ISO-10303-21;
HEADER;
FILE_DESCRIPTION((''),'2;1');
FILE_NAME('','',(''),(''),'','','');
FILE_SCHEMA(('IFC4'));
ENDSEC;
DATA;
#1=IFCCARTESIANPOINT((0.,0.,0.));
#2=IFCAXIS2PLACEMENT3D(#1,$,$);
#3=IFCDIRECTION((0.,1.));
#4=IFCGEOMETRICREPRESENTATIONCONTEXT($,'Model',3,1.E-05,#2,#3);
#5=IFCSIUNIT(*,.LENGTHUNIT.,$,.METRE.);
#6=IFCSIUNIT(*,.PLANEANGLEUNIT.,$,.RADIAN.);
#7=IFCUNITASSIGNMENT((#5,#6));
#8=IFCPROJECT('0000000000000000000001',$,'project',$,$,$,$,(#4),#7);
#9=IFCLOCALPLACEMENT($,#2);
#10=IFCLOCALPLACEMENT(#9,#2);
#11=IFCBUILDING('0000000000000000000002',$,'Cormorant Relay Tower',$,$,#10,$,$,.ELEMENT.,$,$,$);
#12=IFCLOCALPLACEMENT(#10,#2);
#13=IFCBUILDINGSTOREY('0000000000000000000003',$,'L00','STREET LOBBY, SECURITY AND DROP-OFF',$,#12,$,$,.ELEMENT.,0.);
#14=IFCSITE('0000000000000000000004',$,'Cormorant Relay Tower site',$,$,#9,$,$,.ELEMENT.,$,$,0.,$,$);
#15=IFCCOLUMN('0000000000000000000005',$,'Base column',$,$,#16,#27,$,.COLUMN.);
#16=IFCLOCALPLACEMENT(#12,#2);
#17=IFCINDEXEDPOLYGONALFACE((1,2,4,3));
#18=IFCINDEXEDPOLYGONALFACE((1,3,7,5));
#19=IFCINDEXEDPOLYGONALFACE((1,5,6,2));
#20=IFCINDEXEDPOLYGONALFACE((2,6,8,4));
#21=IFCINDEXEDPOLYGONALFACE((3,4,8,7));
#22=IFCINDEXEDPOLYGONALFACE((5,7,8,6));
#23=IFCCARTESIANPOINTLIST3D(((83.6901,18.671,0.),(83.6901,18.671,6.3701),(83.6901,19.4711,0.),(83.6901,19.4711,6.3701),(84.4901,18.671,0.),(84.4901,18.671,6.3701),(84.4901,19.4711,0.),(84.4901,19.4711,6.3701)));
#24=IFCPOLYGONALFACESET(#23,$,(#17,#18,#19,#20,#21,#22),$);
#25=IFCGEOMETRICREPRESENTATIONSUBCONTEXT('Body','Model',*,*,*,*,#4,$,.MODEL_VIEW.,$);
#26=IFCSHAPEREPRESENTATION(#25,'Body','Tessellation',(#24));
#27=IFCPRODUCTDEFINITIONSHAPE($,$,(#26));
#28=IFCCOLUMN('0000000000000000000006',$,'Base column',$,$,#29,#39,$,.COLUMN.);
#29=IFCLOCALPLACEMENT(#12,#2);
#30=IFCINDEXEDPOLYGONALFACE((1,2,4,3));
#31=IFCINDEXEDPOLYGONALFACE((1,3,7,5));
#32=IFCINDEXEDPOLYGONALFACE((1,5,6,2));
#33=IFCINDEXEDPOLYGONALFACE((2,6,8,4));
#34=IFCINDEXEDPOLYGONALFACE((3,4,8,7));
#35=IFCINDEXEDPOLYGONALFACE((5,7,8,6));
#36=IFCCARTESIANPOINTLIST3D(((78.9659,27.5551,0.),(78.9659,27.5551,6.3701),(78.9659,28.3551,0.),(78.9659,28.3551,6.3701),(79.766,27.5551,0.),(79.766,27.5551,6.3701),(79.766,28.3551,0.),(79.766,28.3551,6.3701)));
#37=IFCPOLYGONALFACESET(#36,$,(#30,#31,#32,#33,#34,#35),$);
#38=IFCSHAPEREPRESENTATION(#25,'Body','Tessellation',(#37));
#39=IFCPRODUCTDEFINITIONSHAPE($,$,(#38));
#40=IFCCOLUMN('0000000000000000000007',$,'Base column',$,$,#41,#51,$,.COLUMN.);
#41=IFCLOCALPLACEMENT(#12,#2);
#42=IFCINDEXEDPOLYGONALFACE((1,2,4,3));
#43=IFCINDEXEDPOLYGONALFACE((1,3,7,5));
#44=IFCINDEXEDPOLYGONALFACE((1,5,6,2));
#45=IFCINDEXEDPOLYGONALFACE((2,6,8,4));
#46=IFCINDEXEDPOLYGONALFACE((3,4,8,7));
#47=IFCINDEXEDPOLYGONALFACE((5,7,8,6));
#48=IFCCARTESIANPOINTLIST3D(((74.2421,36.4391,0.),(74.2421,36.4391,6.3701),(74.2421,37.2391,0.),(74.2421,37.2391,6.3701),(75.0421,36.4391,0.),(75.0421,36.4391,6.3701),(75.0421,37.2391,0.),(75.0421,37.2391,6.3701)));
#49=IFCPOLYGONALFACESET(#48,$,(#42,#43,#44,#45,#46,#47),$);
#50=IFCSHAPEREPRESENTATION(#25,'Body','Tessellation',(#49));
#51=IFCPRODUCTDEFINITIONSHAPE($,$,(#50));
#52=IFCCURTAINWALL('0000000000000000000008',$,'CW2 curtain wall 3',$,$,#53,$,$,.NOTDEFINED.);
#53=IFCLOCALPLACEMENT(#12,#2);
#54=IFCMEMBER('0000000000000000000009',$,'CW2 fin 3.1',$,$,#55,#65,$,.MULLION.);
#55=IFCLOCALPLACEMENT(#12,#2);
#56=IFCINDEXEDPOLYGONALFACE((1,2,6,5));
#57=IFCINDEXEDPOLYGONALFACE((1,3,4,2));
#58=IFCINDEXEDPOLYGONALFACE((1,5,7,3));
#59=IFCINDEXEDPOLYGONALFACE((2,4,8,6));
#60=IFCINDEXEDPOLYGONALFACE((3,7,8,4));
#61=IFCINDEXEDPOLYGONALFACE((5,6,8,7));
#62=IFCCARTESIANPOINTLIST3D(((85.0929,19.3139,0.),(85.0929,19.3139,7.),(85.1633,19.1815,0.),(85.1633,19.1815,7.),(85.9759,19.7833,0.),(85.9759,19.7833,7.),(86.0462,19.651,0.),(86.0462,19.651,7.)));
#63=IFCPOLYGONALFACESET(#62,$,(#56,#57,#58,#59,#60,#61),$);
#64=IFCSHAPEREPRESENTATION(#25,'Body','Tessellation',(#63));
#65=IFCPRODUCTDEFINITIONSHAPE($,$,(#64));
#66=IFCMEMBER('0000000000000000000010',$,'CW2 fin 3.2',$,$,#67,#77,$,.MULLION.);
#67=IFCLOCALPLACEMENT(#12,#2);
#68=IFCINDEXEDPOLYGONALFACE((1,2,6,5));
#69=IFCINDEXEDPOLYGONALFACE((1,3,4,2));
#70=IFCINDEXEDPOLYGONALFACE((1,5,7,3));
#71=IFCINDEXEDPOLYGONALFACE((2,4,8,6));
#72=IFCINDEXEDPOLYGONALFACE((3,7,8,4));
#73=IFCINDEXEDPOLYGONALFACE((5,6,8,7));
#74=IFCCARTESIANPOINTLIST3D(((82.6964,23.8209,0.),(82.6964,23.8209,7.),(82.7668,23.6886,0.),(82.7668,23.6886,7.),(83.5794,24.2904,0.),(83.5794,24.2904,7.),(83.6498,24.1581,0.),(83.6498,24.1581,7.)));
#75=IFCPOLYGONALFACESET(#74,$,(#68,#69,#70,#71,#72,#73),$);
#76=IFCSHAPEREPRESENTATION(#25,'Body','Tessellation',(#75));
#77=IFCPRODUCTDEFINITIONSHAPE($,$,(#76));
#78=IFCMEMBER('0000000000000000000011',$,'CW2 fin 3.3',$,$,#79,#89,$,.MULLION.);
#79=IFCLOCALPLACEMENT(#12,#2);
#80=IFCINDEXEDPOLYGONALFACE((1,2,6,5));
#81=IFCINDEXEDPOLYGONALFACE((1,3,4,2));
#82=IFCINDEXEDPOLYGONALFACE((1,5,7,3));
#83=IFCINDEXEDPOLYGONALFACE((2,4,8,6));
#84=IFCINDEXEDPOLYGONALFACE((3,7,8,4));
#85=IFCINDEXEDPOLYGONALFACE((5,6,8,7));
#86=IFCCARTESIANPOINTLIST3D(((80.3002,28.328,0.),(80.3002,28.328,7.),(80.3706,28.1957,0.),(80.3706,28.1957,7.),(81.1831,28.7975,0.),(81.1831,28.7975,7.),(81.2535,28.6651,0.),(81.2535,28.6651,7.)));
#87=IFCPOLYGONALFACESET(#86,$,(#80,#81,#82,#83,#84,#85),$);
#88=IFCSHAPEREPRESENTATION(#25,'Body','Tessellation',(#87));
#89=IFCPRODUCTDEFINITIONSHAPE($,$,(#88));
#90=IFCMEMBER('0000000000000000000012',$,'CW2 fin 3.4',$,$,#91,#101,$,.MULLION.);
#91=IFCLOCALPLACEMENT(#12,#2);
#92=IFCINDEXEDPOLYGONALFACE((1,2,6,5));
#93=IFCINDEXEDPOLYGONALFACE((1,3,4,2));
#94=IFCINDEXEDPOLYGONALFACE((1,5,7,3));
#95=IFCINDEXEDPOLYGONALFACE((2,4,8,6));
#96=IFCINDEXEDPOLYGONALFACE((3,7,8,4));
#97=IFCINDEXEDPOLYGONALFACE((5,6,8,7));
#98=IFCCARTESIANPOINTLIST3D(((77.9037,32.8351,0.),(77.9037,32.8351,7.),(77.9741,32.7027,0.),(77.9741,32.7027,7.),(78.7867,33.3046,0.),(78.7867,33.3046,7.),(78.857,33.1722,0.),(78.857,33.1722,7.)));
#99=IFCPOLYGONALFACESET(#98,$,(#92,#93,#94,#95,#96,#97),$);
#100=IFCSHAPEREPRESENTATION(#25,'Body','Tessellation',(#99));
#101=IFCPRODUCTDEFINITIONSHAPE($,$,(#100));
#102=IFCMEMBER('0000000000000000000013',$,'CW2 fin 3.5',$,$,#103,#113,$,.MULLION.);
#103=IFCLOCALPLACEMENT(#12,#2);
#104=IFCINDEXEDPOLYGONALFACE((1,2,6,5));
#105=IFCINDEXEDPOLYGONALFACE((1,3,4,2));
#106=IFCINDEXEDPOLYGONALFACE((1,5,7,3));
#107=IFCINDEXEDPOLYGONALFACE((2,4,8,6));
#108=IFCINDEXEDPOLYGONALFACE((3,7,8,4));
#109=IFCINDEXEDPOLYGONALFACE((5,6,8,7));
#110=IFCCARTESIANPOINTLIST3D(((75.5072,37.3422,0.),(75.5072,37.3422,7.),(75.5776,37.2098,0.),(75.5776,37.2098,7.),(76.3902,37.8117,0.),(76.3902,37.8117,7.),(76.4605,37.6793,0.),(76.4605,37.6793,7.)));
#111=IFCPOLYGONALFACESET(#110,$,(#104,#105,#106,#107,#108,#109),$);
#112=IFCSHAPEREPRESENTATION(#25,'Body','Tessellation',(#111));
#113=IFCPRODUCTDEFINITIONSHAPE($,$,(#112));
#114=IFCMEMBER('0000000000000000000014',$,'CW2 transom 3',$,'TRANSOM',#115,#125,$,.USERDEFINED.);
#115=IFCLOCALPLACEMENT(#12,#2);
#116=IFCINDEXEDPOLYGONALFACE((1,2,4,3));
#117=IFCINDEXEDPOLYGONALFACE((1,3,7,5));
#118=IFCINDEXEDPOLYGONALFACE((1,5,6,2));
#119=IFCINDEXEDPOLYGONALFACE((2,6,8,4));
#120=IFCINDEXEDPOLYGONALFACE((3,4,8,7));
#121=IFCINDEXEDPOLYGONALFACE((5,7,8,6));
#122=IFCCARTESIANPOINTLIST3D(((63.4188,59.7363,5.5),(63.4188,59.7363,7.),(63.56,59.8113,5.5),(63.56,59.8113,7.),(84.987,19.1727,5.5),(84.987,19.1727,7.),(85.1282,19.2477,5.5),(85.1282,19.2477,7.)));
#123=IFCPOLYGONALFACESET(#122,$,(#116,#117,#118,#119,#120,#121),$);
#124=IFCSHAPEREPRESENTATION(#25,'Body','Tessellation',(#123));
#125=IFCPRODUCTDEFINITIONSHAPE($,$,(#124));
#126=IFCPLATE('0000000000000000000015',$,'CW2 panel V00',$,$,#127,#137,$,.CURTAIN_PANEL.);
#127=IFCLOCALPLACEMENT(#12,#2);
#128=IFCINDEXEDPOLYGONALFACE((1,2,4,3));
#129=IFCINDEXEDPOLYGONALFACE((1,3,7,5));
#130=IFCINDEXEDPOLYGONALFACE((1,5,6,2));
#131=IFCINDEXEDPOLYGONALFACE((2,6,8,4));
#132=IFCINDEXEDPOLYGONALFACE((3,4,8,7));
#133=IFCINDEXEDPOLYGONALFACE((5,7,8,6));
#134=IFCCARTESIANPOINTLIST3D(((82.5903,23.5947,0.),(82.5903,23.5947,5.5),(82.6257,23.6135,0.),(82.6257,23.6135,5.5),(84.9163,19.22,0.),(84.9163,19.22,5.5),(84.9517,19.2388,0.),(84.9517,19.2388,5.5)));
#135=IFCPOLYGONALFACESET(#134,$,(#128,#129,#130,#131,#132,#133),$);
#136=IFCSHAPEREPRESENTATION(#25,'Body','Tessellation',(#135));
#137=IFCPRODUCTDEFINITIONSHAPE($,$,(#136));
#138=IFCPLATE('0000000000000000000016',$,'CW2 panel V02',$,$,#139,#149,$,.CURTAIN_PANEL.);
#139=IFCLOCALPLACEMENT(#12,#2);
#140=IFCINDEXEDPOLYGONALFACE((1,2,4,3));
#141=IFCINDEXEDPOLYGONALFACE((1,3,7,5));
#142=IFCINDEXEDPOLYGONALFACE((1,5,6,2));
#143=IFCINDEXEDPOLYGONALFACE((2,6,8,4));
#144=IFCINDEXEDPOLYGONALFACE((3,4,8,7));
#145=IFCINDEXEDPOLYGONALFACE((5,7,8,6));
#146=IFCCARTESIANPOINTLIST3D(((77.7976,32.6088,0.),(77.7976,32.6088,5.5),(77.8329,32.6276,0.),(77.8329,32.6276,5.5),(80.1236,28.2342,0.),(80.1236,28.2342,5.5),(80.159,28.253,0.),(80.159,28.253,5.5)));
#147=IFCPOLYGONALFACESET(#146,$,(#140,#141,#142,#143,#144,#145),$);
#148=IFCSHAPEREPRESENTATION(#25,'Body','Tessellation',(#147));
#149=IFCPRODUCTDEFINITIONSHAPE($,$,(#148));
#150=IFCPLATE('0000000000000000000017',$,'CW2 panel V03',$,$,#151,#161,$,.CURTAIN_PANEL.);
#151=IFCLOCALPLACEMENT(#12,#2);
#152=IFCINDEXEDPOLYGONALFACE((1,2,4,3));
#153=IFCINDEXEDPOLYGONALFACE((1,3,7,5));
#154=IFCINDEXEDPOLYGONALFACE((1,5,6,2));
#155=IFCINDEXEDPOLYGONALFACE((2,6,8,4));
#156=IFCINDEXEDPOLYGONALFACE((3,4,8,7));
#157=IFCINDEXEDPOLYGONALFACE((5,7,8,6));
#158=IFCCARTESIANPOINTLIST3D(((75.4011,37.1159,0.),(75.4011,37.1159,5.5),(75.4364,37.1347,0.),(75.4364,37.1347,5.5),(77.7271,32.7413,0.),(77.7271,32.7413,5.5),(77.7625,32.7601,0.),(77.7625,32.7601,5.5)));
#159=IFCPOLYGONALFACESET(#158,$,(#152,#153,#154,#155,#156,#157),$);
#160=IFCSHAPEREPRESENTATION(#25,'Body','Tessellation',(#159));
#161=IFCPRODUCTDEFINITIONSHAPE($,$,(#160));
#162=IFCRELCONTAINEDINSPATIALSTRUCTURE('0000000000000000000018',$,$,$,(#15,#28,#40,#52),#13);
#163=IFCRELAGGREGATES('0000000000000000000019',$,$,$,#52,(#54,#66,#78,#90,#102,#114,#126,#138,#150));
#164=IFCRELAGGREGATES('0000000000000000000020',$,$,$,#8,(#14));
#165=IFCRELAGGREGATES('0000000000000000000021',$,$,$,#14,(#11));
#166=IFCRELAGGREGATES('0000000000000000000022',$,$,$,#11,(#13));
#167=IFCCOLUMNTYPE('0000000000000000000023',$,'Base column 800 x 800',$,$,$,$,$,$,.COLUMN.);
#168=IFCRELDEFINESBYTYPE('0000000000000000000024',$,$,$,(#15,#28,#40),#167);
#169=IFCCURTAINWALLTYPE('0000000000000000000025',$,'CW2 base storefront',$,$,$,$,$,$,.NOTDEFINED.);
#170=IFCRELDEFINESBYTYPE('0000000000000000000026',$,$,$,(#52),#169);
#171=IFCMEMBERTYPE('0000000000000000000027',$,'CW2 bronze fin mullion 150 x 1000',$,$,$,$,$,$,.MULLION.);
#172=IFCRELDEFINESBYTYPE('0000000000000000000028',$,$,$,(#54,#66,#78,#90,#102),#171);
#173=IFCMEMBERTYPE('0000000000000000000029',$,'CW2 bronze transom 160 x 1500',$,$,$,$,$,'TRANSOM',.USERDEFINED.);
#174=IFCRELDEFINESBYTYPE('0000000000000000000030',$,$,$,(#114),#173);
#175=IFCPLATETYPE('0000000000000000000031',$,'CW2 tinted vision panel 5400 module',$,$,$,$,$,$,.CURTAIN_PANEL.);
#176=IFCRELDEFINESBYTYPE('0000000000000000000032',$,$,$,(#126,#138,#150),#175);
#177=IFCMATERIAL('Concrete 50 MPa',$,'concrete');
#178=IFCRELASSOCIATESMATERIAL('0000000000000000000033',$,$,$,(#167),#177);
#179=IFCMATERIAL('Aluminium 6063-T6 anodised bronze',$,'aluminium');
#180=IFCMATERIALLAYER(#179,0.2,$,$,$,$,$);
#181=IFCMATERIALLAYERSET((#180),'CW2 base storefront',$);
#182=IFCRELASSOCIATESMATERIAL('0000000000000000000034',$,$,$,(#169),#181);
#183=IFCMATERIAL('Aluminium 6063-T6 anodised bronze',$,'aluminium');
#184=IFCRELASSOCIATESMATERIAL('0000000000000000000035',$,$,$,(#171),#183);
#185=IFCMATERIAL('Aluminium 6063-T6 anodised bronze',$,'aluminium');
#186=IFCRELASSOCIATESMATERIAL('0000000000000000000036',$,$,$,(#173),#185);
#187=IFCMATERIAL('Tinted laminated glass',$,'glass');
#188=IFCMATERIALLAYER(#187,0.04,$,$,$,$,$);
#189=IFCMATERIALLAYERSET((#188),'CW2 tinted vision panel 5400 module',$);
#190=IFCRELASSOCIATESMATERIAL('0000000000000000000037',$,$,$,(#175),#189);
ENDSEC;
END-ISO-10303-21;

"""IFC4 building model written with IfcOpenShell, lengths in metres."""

from ifc_helpers import new_model, si_unit, direction, frame, origin, origin_2d, place, context, subcontext, project, spatial, rectangle, extrude, material, layer, layer_set, material_profile, profile_set, type_object, element, aggregate, save


model = new_model("IFC4")

# Units and contexts
model_context = context("Model", 3, precision=1e-05, world=origin(), true_north=direction((0.0, 1.0)))
body_context = subcontext(model_context, "Body", "Model", "MODEL_VIEW")
ifc_project = project(units=[si_unit("LENGTHUNIT", "METRE"), si_unit("PLANEANGLEUNIT", "RADIAN")], contexts=[model_context])

# Site, building, storey
site_placement = place(None, origin())
site = spatial("IfcSite", under=ifc_project, at=site_placement, Name="Cormorant Relay Tower site", CompositionType="ELEMENT", RefElevation=0.0)
building_placement = place(site_placement, origin())
building = spatial("IfcBuilding", under=site, at=building_placement, Name="Cormorant Relay Tower", CompositionType="ELEMENT")
storey_placement = place(building_placement, origin())
storey = spatial("IfcBuildingStorey", under=building, at=storey_placement, Name="L00", Description="STREET LOBBY, SECURITY AND DROP-OFF", CompositionType="ELEMENT", Elevation=0.0)

# Columns
ifc_material_1 = material(Name="Concrete 50 MPa", Category="concrete")
ifc_material_profile_1 = material_profile(ifc_material_1, rectangle(XDim=0.8, YDim=0.8, at=origin_2d()), Name="RC 800x800")
ifc_profile_set_1 = profile_set([ifc_material_profile_1], Name="Concrete 50 MPa")
column_type = type_object("IfcColumnType", Name="Base column 800 x 800", PredefinedType="COLUMN", material=ifc_profile_set_1)
for number, where, z_axis, x_axis, name in (
    (1, (84.0901, 19.071, 0.0), (0.0, 0.0, 1.0), (1.0, 0.0, 0.0), "Base column"),
    (2, (79.366, 27.9551, 0.0), (0.0, 0.0, 1.0), (1.0, 0.0, 0.0), "Base column"),
    (3, (74.6421, 36.8391, 0.0), (0.0, 0.0, 1.0), (1.0, 0.0, 0.0), "Base column"),
):
    element("IfcColumn", number, at=place(storey_placement, frame(where, z_axis=z_axis, x_axis=x_axis)), inside=storey, type_object=column_type, Name=name, PredefinedType="COLUMN", context=body_context, shape_type="SweptSolid", body=[
        extrude(rectangle(XDim=0.8, YDim=0.8, at=origin_2d()), origin(), (0.0, 0.0, 1.0), 6.3701),
    ])

# Curtain wall, members, plates
ifc_material_2 = material(Name="Aluminium 6063-T6 anodised bronze", Category="aluminium")
ifc_layer_1 = layer(ifc_material_2, 0.2)
ifc_layer_set_1 = layer_set([ifc_layer_1], Name="CW2 base storefront")
curtain_wall_type = type_object("IfcCurtainWallType", Name="CW2 base storefront", PredefinedType="NOTDEFINED", material=ifc_layer_set_1)
curtain_wall_placement = place(storey_placement, origin())
curtain_wall = element("IfcCurtainWall", 4, at=curtain_wall_placement, inside=storey, type_object=curtain_wall_type, Name="CW2 curtain wall 3", PredefinedType="NOTDEFINED")
ifc_material_3 = material(Name="Aluminium 6063-T6 anodised bronze", Category="aluminium")
ifc_material_profile_2 = material_profile(ifc_material_3, rectangle(XDim=0.1499, YDim=1.0, at=origin_2d()), Name="AL 150x1000")
ifc_profile_set_2 = profile_set([ifc_material_profile_2], Name="Aluminium 6063-T6 anodised bronze")
member_type_1 = type_object("IfcMemberType", Name="CW2 bronze fin mullion 150 x 1000", PredefinedType="MULLION", material=ifc_profile_set_2)
member_1_placement = place(storey_placement, frame((85.5696, 19.4824, 0.0), z_axis=(0.0, 0.0, 1.0), x_axis=(-0.469472, 0.882948, 0.0)))
member_1 = element("IfcMember", 5, at=member_1_placement, type_object=member_type_1, Name="CW2 fin 3.1", PredefinedType="MULLION", context=body_context, shape_type="SweptSolid", body=[
    extrude(rectangle(XDim=0.1499, YDim=1.0, at=origin_2d()), origin(), (0.0, 0.0, 1.0), 7.0),
])
member_2_placement = place(storey_placement, frame((83.1731, 23.9895, 0.0), z_axis=(0.0, 0.0, 1.0), x_axis=(-0.469472, 0.882948, 0.0)))
member_2 = element("IfcMember", 6, at=member_2_placement, type_object=member_type_1, Name="CW2 fin 3.2", PredefinedType="MULLION", context=body_context, shape_type="SweptSolid", body=[
    extrude(rectangle(XDim=0.1499, YDim=1.0, at=origin_2d()), origin(), (0.0, 0.0, 1.0), 7.0),
])
member_3_placement = place(storey_placement, frame((80.7769, 28.4966, 0.0), z_axis=(0.0, 0.0, 1.0), x_axis=(-0.469472, 0.882948, 0.0)))
member_3 = element("IfcMember", 7, at=member_3_placement, type_object=member_type_1, Name="CW2 fin 3.3", PredefinedType="MULLION", context=body_context, shape_type="SweptSolid", body=[
    extrude(rectangle(XDim=0.1499, YDim=1.0, at=origin_2d()), origin(), (0.0, 0.0, 1.0), 7.0),
])
member_4_placement = place(storey_placement, frame((78.3804, 33.0037, 0.0), z_axis=(0.0, 0.0, 1.0), x_axis=(-0.469472, 0.882948, 0.0)))
member_4 = element("IfcMember", 8, at=member_4_placement, type_object=member_type_1, Name="CW2 fin 3.4", PredefinedType="MULLION", context=body_context, shape_type="SweptSolid", body=[
    extrude(rectangle(XDim=0.1499, YDim=1.0, at=origin_2d()), origin(), (0.0, 0.0, 1.0), 7.0),
])
member_5_placement = place(storey_placement, frame((75.9839, 37.5107, 0.0), z_axis=(0.0, 0.0, 1.0), x_axis=(-0.469472, 0.882948, 0.0)))
member_5 = element("IfcMember", 9, at=member_5_placement, type_object=member_type_1, Name="CW2 fin 3.5", PredefinedType="MULLION", context=body_context, shape_type="SweptSolid", body=[
    extrude(rectangle(XDim=0.1499, YDim=1.0, at=origin_2d()), origin(), (0.0, 0.0, 1.0), 7.0),
])
ifc_material_4 = material(Name="Aluminium 6063-T6 anodised bronze", Category="aluminium")
ifc_material_profile_3 = material_profile(ifc_material_4, rectangle(XDim=0.1599, YDim=1.5, at=origin_2d()), Name="AL 160x1500")
ifc_profile_set_3 = profile_set([ifc_material_profile_3], Name="Aluminium 6063-T6 anodised bronze")
member_type_2 = type_object("IfcMemberType", Name="CW2 bronze transom 160 x 1500", ElementType="TRANSOM", PredefinedType="USERDEFINED", material=ifc_profile_set_3)
member_6_placement = place(storey_placement, frame((85.0576, 19.2102, 6.25), z_axis=(-0.469474, 0.882946, 0.0), x_axis=(-0.882946, -0.469474, 0.0)))
member_6 = element("IfcMember", 10, at=member_6_placement, type_object=member_type_2, Name="CW2 transom 3", ObjectType="TRANSOM", PredefinedType="USERDEFINED", context=body_context, shape_type="SweptSolid", body=[
    extrude(rectangle(XDim=0.1599, YDim=1.5, at=origin_2d()), origin(), (0.0, 0.0, 1.0), 45.9412),
])
ifc_material_5 = material(Name="Tinted laminated glass", Category="glass")
ifc_layer_2 = layer(ifc_material_5, 0.04)
ifc_layer_set_2 = layer_set([ifc_layer_2], Name="CW2 tinted vision panel 5400 module")
plate_type = type_object("IfcPlateType", Name="CW2 tinted vision panel 5400 module", PredefinedType="CURTAIN_PANEL", material=ifc_layer_set_2)
plate_1_placement = place(storey_placement, frame((83.771, 21.4167, 0.0), z_axis=(0.0, 0.0, 1.0), x_axis=(-0.469472, 0.882948, 0.0)))
plate_1 = element("IfcPlate", 11, at=plate_1_placement, type_object=plate_type, Name="CW2 panel V00", PredefinedType="CURTAIN_PANEL", context=body_context, shape_type="SweptSolid", body=[
    extrude(rectangle(XDim=4.9546, YDim=0.04, at=origin_2d()), origin(), (0.0, 0.0, 1.0), 5.5),
])
plate_2_placement = place(storey_placement, frame((78.9783, 30.4309, 0.0), z_axis=(0.0, 0.0, 1.0), x_axis=(-0.469472, 0.882948, 0.0)))
plate_2 = element("IfcPlate", 12, at=plate_2_placement, type_object=plate_type, Name="CW2 panel V02", PredefinedType="CURTAIN_PANEL", context=body_context, shape_type="SweptSolid", body=[
    extrude(rectangle(XDim=4.9546, YDim=0.04, at=origin_2d()), origin(), (0.0, 0.0, 1.0), 5.5),
])
plate_3_placement = place(storey_placement, frame((76.5818, 34.938, 0.0), z_axis=(0.0, 0.0, 1.0), x_axis=(-0.469472, 0.882948, 0.0)))
plate_3 = element("IfcPlate", 13, at=plate_3_placement, type_object=plate_type, Name="CW2 panel V03", PredefinedType="CURTAIN_PANEL", context=body_context, shape_type="SweptSolid", body=[
    extrude(rectangle(XDim=4.9546, YDim=0.04, at=origin_2d()), origin(), (0.0, 0.0, 1.0), 5.5),
])
aggregate(curtain_wall, [member_1, member_2, member_3, member_4, member_5, member_6, plate_1, plate_2, plate_3])

save(model, "model.ifc")
